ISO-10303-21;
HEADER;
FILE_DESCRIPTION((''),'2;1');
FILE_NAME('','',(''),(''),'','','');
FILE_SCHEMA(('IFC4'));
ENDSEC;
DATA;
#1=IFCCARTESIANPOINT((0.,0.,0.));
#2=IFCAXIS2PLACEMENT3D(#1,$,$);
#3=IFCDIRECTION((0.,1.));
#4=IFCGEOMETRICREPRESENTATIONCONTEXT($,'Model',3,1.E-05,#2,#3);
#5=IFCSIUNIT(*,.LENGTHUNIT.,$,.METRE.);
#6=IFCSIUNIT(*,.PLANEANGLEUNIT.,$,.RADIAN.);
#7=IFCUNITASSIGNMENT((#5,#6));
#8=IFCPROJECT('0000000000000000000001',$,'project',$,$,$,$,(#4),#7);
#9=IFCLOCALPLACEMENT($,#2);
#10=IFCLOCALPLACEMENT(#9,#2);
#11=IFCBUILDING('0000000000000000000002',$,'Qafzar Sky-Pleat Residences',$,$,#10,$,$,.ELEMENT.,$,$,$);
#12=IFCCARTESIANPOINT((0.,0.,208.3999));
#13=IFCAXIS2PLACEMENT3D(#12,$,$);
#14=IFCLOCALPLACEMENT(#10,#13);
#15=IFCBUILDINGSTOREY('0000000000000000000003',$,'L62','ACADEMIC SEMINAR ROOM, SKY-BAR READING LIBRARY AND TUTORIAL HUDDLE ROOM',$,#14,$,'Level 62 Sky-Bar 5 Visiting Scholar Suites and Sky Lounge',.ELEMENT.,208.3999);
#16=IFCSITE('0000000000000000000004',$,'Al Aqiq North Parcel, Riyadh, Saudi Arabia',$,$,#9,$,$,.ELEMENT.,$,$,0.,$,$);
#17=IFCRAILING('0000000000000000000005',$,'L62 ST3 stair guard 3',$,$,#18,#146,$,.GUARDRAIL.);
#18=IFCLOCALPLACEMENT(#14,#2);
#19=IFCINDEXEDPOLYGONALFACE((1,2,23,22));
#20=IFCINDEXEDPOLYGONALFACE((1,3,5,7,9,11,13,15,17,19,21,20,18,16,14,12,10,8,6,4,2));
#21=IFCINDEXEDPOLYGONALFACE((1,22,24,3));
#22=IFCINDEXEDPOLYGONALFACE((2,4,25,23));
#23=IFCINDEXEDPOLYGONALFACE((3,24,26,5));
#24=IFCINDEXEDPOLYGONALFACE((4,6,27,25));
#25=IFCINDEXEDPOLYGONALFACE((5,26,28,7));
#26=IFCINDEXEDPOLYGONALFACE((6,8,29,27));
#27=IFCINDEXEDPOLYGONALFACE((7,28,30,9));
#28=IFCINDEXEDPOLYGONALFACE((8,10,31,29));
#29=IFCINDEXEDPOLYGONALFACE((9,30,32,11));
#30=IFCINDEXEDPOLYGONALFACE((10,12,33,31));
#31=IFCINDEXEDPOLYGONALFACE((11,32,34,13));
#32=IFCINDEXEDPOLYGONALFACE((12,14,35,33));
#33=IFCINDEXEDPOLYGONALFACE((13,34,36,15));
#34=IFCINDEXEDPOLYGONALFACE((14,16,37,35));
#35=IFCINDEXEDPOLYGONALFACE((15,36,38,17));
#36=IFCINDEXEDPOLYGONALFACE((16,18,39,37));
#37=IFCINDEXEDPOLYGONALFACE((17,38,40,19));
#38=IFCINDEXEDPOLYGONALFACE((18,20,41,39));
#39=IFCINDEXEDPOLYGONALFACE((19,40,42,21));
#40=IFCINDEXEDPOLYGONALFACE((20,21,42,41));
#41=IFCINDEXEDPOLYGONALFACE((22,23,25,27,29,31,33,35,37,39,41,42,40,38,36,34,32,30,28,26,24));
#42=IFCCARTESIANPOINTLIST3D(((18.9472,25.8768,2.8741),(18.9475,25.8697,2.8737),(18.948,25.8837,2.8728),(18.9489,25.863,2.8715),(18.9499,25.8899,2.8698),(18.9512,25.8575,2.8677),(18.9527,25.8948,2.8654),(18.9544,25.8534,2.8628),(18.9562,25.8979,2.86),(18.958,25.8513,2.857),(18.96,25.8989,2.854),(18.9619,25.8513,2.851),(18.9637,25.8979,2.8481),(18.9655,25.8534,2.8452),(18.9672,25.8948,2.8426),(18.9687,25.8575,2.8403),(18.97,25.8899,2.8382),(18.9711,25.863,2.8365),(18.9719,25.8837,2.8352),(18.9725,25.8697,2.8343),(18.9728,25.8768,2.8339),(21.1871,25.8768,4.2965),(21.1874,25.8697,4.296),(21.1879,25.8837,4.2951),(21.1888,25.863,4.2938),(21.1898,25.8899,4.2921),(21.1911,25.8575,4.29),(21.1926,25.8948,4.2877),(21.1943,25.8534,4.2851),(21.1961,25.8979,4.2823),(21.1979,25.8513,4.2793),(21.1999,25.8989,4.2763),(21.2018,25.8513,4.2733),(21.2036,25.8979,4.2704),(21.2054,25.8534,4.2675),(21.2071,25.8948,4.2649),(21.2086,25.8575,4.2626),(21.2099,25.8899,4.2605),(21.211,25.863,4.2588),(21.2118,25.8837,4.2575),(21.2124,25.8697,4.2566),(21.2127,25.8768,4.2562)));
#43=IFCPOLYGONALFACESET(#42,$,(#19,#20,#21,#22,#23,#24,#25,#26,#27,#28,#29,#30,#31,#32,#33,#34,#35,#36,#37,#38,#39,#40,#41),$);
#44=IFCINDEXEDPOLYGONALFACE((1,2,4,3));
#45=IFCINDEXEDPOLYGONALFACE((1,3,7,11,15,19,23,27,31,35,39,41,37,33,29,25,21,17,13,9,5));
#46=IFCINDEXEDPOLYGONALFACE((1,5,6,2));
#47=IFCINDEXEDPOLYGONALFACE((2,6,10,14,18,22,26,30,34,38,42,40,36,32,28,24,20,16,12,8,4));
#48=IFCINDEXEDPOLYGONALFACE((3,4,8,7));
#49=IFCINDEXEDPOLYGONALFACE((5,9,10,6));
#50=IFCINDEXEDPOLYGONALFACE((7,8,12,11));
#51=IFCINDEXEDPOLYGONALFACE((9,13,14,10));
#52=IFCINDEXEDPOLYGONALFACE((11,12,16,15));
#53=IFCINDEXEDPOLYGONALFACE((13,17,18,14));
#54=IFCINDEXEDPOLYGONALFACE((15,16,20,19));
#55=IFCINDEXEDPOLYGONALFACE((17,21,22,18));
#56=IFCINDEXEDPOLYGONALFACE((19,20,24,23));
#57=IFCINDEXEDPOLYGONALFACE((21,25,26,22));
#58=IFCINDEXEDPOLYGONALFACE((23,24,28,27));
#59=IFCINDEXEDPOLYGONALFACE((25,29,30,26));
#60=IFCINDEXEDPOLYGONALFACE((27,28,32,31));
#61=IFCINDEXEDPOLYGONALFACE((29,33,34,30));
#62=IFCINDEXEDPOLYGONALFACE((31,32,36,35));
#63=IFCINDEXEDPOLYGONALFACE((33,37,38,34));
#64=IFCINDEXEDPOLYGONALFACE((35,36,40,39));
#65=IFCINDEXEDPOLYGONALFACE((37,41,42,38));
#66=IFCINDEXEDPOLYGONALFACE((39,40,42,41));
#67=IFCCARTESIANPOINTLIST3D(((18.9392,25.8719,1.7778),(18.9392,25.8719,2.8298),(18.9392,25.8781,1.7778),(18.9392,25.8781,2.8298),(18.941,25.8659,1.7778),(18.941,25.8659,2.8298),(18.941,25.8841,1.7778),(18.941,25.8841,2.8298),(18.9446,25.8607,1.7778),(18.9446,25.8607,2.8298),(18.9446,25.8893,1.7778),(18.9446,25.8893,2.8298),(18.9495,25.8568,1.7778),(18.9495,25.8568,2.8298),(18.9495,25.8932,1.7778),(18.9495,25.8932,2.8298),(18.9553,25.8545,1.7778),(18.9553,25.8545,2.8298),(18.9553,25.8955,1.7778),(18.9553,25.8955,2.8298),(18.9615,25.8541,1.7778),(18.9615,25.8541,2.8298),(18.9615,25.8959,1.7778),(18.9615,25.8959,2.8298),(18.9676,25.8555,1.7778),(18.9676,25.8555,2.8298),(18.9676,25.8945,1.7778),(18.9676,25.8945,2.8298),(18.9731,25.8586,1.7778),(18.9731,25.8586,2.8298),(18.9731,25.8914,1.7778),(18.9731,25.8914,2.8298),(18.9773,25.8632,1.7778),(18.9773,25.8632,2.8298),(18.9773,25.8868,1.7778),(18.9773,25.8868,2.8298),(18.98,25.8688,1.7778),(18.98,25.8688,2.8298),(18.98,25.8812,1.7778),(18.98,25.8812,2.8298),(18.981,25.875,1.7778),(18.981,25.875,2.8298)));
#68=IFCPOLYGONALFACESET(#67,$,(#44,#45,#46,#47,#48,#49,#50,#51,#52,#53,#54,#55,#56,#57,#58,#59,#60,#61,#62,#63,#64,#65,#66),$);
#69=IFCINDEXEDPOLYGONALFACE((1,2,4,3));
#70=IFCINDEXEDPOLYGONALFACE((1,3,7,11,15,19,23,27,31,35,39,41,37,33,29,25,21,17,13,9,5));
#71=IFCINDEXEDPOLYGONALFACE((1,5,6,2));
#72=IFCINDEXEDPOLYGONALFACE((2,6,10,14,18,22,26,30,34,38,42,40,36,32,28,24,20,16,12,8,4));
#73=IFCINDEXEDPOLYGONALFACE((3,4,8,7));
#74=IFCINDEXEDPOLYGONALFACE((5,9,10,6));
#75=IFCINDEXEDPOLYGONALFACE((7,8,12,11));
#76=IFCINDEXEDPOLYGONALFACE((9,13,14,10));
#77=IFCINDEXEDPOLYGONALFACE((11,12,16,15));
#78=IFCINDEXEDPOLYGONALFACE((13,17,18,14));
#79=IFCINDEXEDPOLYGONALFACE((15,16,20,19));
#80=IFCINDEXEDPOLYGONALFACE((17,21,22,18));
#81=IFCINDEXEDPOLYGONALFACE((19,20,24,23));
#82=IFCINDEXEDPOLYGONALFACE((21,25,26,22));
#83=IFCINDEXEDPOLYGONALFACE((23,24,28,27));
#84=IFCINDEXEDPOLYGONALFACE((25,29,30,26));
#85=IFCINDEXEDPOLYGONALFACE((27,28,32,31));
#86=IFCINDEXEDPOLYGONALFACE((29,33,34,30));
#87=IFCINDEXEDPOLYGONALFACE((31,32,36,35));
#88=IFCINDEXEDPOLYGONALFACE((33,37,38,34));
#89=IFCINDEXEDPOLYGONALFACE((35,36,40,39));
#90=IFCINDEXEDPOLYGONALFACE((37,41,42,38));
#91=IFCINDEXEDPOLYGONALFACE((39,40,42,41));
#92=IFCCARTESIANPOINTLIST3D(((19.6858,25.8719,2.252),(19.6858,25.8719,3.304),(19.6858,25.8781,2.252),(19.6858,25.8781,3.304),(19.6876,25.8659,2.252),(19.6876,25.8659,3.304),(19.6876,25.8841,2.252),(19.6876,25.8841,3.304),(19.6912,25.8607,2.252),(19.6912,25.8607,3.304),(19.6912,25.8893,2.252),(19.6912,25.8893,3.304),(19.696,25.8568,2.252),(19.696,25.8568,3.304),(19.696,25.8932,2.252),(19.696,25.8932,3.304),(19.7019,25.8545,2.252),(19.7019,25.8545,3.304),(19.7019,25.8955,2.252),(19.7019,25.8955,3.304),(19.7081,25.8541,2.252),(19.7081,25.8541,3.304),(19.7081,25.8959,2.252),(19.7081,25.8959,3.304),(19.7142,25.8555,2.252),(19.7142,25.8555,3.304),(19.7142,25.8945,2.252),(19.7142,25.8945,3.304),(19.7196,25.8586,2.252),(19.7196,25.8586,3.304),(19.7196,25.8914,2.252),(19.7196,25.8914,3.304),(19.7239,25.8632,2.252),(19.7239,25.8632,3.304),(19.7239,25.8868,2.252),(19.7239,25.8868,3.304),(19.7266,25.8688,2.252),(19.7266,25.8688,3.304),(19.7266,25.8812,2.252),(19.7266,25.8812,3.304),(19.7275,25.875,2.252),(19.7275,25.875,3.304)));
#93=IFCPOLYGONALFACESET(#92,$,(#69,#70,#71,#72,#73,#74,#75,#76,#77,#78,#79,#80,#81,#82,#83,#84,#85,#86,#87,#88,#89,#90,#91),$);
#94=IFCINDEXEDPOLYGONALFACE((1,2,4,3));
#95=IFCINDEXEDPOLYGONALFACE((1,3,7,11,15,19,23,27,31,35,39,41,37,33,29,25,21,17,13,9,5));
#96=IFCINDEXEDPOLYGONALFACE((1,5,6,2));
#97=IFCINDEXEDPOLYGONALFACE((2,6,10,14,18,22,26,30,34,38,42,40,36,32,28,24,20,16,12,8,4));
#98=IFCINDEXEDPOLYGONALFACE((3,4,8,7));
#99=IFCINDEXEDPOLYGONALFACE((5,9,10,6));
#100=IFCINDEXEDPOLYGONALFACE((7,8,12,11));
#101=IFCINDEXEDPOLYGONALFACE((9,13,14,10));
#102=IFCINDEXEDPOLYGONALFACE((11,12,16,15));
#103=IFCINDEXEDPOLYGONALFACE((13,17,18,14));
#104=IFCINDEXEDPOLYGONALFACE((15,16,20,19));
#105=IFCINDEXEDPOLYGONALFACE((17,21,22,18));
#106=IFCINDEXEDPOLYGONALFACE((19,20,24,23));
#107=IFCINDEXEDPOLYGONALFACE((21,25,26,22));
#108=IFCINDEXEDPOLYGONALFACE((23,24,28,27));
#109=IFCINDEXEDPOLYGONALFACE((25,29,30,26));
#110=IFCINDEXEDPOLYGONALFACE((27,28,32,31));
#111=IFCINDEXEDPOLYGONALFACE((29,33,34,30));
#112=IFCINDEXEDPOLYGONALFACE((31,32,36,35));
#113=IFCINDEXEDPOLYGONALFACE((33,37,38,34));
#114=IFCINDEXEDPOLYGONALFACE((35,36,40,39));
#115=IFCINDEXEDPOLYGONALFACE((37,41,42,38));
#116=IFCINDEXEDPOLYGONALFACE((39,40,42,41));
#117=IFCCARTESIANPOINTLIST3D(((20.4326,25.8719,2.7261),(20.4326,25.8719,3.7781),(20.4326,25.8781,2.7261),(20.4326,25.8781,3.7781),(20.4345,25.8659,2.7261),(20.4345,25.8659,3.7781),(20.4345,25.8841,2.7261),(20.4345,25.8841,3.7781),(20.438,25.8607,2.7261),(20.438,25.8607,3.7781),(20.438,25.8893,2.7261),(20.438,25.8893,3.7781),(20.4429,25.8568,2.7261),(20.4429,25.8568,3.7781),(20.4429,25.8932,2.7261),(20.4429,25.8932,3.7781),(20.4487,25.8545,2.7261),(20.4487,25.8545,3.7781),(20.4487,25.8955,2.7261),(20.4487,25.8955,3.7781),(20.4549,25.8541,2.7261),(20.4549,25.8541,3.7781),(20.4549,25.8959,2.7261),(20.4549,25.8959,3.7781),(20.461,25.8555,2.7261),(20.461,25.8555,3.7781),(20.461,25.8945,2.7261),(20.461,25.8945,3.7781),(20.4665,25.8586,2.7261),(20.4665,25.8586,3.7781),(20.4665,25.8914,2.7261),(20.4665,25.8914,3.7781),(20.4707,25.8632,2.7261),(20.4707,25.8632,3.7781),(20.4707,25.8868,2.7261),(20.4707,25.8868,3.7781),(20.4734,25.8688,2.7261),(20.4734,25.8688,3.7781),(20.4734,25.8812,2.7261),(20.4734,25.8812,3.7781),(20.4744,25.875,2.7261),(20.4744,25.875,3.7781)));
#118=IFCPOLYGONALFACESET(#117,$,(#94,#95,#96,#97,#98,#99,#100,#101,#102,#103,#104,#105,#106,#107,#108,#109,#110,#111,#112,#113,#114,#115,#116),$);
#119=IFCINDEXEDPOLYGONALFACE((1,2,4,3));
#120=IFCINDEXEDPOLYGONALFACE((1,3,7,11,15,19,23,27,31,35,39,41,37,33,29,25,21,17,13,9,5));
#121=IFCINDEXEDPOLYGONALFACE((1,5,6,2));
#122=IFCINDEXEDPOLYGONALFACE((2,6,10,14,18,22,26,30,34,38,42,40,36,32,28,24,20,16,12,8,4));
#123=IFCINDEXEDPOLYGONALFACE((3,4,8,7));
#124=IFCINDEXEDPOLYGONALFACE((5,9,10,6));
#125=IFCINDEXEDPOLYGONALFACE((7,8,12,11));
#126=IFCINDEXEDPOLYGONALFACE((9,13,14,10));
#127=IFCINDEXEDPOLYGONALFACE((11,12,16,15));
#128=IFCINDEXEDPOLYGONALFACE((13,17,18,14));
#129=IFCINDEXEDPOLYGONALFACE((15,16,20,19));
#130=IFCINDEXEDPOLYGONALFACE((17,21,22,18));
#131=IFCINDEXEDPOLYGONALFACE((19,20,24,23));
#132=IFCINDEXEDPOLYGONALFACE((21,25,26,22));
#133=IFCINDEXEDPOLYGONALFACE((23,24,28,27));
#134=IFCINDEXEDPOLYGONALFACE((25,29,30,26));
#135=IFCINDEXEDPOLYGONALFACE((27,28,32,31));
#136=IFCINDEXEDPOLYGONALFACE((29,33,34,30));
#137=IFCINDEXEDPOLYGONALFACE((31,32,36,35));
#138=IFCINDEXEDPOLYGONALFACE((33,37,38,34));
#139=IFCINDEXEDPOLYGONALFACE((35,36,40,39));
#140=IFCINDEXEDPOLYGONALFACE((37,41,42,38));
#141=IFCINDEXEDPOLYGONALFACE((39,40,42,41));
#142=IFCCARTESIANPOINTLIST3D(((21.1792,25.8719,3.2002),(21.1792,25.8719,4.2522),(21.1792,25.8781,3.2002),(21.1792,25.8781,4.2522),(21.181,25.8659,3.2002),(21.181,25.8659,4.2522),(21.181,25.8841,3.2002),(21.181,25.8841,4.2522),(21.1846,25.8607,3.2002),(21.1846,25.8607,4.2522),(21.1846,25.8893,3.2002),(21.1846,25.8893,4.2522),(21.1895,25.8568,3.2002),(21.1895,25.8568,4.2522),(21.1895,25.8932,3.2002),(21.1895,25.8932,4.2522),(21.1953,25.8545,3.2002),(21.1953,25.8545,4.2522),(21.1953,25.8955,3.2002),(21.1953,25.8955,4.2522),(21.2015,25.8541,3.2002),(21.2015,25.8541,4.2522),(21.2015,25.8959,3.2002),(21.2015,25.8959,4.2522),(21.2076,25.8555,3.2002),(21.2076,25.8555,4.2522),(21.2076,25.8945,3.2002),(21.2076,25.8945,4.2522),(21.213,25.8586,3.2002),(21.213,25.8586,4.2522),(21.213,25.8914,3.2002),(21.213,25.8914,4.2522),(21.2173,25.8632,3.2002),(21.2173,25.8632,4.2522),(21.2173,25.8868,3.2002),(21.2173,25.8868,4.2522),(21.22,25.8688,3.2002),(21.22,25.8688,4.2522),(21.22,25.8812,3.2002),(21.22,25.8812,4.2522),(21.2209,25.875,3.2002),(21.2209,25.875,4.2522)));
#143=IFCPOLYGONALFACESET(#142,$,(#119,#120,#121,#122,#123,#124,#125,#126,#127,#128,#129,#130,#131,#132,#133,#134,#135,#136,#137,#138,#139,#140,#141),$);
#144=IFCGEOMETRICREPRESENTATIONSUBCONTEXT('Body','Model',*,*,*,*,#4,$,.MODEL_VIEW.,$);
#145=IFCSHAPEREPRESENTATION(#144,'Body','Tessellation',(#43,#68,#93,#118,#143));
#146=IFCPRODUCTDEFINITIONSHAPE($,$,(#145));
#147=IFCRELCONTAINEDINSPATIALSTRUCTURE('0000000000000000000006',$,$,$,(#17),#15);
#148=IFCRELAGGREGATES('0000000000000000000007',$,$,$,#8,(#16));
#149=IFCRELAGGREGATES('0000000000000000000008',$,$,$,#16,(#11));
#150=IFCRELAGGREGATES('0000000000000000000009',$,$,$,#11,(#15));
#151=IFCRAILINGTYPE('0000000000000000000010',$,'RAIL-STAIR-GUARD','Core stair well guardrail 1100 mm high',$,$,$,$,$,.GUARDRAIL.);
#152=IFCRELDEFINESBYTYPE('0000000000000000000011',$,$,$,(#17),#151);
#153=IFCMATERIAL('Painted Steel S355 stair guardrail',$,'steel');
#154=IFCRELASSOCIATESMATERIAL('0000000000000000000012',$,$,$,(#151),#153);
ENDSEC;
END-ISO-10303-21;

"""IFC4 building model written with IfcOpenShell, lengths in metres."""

from ifc_helpers import new_model, si_unit, direction, frame, origin, origin_2d, place, context, subcontext, project, spatial, circle, extrude, source, transform, mapped, material, type_object, element, save


model = new_model("IFC4")

# Units and contexts
model_context = context("Model", 3, precision=1e-05, world=origin(), true_north=direction((0.0, 1.0)))
body_context = subcontext(model_context, "Body", "Model", "MODEL_VIEW")
ifc_project = project(units=[si_unit("LENGTHUNIT", "METRE"), si_unit("PLANEANGLEUNIT", "RADIAN")], contexts=[model_context])

# Site, building, storey
site_placement = place(None, origin())
site = spatial("IfcSite", under=ifc_project, at=site_placement, Name="Al Aqiq North Parcel, Riyadh, Saudi Arabia", CompositionType="ELEMENT", RefElevation=0.0)
building_placement = place(site_placement, origin())
building = spatial("IfcBuilding", under=site, at=building_placement, Name="Qafzar Sky-Pleat Residences", CompositionType="ELEMENT")
storey_placement = place(building_placement, frame((0.0, 0.0, 208.3999)))
storey = spatial("IfcBuildingStorey", under=building, at=storey_placement, Name="L62", Description="ACADEMIC SEMINAR ROOM, SKY-BAR READING LIBRARY AND TUTORIAL HUDDLE ROOM", LongName="Level 62 Sky-Bar 5 Visiting Scholar Suites and Sky Lounge", CompositionType="ELEMENT", Elevation=208.3999)

# Railing
ifc_material_1 = material(Name="Painted Steel S355 stair guardrail", Category="steel")
railing_type_1 = type_object("IfcRailingType", Name="RAIL-STAIR-GUARD", Description="Core stair well guardrail 1100 mm high", PredefinedType="GUARDRAIL", material=ifc_material_1)
shared_shape_1 = source(origin(), body_context, "Body", "SweptSolid", [
    extrude(circle(Radius=0.0239, at=origin_2d()), frame((0.0, 0.0, 1.0762), z_axis=(0.844188, 0.0, 0.536048), x_axis=(0.0, 1.0, 0.0)), (0.0, 0.0, 1.0), 2.6533),
    extrude(circle(Radius=0.021, at=origin_2d()), origin(), (0.0, 0.0, 1.0), 1.052),
    extrude(circle(Radius=0.021, at=origin_2d()), frame((0.7466, 0.0, 0.4741)), (0.0, 0.0, 1.0), 1.052),
    extrude(circle(Radius=0.021, at=origin_2d()), frame((1.4934, 0.0, 0.9482)), (0.0, 0.0, 1.0), 1.052),
    extrude(circle(Radius=0.021, at=origin_2d()), frame((2.24, 0.0, 1.4224)), (0.0, 0.0, 1.0), 1.052),
])
railing_1_placement = place(storey_placement, frame((18.96, 25.875, 1.7778)))
element("IfcRailing", 1, at=railing_1_placement, inside=storey, type_object=railing_type_1, Name="L62 ST3 stair guard 3", PredefinedType="GUARDRAIL", context=body_context, shape_type="MappedRepresentation", body=[
    mapped(shared_shape_1, transform((0.0, 0.0, 0.0), x_axis=(1.0, 0.0, 0.0), y_axis=(0.0, 1.0, 0.0), z_axis=(0.0, 0.0, 1.0), scale=1.0)),
])

save(model, "model.ifc")
